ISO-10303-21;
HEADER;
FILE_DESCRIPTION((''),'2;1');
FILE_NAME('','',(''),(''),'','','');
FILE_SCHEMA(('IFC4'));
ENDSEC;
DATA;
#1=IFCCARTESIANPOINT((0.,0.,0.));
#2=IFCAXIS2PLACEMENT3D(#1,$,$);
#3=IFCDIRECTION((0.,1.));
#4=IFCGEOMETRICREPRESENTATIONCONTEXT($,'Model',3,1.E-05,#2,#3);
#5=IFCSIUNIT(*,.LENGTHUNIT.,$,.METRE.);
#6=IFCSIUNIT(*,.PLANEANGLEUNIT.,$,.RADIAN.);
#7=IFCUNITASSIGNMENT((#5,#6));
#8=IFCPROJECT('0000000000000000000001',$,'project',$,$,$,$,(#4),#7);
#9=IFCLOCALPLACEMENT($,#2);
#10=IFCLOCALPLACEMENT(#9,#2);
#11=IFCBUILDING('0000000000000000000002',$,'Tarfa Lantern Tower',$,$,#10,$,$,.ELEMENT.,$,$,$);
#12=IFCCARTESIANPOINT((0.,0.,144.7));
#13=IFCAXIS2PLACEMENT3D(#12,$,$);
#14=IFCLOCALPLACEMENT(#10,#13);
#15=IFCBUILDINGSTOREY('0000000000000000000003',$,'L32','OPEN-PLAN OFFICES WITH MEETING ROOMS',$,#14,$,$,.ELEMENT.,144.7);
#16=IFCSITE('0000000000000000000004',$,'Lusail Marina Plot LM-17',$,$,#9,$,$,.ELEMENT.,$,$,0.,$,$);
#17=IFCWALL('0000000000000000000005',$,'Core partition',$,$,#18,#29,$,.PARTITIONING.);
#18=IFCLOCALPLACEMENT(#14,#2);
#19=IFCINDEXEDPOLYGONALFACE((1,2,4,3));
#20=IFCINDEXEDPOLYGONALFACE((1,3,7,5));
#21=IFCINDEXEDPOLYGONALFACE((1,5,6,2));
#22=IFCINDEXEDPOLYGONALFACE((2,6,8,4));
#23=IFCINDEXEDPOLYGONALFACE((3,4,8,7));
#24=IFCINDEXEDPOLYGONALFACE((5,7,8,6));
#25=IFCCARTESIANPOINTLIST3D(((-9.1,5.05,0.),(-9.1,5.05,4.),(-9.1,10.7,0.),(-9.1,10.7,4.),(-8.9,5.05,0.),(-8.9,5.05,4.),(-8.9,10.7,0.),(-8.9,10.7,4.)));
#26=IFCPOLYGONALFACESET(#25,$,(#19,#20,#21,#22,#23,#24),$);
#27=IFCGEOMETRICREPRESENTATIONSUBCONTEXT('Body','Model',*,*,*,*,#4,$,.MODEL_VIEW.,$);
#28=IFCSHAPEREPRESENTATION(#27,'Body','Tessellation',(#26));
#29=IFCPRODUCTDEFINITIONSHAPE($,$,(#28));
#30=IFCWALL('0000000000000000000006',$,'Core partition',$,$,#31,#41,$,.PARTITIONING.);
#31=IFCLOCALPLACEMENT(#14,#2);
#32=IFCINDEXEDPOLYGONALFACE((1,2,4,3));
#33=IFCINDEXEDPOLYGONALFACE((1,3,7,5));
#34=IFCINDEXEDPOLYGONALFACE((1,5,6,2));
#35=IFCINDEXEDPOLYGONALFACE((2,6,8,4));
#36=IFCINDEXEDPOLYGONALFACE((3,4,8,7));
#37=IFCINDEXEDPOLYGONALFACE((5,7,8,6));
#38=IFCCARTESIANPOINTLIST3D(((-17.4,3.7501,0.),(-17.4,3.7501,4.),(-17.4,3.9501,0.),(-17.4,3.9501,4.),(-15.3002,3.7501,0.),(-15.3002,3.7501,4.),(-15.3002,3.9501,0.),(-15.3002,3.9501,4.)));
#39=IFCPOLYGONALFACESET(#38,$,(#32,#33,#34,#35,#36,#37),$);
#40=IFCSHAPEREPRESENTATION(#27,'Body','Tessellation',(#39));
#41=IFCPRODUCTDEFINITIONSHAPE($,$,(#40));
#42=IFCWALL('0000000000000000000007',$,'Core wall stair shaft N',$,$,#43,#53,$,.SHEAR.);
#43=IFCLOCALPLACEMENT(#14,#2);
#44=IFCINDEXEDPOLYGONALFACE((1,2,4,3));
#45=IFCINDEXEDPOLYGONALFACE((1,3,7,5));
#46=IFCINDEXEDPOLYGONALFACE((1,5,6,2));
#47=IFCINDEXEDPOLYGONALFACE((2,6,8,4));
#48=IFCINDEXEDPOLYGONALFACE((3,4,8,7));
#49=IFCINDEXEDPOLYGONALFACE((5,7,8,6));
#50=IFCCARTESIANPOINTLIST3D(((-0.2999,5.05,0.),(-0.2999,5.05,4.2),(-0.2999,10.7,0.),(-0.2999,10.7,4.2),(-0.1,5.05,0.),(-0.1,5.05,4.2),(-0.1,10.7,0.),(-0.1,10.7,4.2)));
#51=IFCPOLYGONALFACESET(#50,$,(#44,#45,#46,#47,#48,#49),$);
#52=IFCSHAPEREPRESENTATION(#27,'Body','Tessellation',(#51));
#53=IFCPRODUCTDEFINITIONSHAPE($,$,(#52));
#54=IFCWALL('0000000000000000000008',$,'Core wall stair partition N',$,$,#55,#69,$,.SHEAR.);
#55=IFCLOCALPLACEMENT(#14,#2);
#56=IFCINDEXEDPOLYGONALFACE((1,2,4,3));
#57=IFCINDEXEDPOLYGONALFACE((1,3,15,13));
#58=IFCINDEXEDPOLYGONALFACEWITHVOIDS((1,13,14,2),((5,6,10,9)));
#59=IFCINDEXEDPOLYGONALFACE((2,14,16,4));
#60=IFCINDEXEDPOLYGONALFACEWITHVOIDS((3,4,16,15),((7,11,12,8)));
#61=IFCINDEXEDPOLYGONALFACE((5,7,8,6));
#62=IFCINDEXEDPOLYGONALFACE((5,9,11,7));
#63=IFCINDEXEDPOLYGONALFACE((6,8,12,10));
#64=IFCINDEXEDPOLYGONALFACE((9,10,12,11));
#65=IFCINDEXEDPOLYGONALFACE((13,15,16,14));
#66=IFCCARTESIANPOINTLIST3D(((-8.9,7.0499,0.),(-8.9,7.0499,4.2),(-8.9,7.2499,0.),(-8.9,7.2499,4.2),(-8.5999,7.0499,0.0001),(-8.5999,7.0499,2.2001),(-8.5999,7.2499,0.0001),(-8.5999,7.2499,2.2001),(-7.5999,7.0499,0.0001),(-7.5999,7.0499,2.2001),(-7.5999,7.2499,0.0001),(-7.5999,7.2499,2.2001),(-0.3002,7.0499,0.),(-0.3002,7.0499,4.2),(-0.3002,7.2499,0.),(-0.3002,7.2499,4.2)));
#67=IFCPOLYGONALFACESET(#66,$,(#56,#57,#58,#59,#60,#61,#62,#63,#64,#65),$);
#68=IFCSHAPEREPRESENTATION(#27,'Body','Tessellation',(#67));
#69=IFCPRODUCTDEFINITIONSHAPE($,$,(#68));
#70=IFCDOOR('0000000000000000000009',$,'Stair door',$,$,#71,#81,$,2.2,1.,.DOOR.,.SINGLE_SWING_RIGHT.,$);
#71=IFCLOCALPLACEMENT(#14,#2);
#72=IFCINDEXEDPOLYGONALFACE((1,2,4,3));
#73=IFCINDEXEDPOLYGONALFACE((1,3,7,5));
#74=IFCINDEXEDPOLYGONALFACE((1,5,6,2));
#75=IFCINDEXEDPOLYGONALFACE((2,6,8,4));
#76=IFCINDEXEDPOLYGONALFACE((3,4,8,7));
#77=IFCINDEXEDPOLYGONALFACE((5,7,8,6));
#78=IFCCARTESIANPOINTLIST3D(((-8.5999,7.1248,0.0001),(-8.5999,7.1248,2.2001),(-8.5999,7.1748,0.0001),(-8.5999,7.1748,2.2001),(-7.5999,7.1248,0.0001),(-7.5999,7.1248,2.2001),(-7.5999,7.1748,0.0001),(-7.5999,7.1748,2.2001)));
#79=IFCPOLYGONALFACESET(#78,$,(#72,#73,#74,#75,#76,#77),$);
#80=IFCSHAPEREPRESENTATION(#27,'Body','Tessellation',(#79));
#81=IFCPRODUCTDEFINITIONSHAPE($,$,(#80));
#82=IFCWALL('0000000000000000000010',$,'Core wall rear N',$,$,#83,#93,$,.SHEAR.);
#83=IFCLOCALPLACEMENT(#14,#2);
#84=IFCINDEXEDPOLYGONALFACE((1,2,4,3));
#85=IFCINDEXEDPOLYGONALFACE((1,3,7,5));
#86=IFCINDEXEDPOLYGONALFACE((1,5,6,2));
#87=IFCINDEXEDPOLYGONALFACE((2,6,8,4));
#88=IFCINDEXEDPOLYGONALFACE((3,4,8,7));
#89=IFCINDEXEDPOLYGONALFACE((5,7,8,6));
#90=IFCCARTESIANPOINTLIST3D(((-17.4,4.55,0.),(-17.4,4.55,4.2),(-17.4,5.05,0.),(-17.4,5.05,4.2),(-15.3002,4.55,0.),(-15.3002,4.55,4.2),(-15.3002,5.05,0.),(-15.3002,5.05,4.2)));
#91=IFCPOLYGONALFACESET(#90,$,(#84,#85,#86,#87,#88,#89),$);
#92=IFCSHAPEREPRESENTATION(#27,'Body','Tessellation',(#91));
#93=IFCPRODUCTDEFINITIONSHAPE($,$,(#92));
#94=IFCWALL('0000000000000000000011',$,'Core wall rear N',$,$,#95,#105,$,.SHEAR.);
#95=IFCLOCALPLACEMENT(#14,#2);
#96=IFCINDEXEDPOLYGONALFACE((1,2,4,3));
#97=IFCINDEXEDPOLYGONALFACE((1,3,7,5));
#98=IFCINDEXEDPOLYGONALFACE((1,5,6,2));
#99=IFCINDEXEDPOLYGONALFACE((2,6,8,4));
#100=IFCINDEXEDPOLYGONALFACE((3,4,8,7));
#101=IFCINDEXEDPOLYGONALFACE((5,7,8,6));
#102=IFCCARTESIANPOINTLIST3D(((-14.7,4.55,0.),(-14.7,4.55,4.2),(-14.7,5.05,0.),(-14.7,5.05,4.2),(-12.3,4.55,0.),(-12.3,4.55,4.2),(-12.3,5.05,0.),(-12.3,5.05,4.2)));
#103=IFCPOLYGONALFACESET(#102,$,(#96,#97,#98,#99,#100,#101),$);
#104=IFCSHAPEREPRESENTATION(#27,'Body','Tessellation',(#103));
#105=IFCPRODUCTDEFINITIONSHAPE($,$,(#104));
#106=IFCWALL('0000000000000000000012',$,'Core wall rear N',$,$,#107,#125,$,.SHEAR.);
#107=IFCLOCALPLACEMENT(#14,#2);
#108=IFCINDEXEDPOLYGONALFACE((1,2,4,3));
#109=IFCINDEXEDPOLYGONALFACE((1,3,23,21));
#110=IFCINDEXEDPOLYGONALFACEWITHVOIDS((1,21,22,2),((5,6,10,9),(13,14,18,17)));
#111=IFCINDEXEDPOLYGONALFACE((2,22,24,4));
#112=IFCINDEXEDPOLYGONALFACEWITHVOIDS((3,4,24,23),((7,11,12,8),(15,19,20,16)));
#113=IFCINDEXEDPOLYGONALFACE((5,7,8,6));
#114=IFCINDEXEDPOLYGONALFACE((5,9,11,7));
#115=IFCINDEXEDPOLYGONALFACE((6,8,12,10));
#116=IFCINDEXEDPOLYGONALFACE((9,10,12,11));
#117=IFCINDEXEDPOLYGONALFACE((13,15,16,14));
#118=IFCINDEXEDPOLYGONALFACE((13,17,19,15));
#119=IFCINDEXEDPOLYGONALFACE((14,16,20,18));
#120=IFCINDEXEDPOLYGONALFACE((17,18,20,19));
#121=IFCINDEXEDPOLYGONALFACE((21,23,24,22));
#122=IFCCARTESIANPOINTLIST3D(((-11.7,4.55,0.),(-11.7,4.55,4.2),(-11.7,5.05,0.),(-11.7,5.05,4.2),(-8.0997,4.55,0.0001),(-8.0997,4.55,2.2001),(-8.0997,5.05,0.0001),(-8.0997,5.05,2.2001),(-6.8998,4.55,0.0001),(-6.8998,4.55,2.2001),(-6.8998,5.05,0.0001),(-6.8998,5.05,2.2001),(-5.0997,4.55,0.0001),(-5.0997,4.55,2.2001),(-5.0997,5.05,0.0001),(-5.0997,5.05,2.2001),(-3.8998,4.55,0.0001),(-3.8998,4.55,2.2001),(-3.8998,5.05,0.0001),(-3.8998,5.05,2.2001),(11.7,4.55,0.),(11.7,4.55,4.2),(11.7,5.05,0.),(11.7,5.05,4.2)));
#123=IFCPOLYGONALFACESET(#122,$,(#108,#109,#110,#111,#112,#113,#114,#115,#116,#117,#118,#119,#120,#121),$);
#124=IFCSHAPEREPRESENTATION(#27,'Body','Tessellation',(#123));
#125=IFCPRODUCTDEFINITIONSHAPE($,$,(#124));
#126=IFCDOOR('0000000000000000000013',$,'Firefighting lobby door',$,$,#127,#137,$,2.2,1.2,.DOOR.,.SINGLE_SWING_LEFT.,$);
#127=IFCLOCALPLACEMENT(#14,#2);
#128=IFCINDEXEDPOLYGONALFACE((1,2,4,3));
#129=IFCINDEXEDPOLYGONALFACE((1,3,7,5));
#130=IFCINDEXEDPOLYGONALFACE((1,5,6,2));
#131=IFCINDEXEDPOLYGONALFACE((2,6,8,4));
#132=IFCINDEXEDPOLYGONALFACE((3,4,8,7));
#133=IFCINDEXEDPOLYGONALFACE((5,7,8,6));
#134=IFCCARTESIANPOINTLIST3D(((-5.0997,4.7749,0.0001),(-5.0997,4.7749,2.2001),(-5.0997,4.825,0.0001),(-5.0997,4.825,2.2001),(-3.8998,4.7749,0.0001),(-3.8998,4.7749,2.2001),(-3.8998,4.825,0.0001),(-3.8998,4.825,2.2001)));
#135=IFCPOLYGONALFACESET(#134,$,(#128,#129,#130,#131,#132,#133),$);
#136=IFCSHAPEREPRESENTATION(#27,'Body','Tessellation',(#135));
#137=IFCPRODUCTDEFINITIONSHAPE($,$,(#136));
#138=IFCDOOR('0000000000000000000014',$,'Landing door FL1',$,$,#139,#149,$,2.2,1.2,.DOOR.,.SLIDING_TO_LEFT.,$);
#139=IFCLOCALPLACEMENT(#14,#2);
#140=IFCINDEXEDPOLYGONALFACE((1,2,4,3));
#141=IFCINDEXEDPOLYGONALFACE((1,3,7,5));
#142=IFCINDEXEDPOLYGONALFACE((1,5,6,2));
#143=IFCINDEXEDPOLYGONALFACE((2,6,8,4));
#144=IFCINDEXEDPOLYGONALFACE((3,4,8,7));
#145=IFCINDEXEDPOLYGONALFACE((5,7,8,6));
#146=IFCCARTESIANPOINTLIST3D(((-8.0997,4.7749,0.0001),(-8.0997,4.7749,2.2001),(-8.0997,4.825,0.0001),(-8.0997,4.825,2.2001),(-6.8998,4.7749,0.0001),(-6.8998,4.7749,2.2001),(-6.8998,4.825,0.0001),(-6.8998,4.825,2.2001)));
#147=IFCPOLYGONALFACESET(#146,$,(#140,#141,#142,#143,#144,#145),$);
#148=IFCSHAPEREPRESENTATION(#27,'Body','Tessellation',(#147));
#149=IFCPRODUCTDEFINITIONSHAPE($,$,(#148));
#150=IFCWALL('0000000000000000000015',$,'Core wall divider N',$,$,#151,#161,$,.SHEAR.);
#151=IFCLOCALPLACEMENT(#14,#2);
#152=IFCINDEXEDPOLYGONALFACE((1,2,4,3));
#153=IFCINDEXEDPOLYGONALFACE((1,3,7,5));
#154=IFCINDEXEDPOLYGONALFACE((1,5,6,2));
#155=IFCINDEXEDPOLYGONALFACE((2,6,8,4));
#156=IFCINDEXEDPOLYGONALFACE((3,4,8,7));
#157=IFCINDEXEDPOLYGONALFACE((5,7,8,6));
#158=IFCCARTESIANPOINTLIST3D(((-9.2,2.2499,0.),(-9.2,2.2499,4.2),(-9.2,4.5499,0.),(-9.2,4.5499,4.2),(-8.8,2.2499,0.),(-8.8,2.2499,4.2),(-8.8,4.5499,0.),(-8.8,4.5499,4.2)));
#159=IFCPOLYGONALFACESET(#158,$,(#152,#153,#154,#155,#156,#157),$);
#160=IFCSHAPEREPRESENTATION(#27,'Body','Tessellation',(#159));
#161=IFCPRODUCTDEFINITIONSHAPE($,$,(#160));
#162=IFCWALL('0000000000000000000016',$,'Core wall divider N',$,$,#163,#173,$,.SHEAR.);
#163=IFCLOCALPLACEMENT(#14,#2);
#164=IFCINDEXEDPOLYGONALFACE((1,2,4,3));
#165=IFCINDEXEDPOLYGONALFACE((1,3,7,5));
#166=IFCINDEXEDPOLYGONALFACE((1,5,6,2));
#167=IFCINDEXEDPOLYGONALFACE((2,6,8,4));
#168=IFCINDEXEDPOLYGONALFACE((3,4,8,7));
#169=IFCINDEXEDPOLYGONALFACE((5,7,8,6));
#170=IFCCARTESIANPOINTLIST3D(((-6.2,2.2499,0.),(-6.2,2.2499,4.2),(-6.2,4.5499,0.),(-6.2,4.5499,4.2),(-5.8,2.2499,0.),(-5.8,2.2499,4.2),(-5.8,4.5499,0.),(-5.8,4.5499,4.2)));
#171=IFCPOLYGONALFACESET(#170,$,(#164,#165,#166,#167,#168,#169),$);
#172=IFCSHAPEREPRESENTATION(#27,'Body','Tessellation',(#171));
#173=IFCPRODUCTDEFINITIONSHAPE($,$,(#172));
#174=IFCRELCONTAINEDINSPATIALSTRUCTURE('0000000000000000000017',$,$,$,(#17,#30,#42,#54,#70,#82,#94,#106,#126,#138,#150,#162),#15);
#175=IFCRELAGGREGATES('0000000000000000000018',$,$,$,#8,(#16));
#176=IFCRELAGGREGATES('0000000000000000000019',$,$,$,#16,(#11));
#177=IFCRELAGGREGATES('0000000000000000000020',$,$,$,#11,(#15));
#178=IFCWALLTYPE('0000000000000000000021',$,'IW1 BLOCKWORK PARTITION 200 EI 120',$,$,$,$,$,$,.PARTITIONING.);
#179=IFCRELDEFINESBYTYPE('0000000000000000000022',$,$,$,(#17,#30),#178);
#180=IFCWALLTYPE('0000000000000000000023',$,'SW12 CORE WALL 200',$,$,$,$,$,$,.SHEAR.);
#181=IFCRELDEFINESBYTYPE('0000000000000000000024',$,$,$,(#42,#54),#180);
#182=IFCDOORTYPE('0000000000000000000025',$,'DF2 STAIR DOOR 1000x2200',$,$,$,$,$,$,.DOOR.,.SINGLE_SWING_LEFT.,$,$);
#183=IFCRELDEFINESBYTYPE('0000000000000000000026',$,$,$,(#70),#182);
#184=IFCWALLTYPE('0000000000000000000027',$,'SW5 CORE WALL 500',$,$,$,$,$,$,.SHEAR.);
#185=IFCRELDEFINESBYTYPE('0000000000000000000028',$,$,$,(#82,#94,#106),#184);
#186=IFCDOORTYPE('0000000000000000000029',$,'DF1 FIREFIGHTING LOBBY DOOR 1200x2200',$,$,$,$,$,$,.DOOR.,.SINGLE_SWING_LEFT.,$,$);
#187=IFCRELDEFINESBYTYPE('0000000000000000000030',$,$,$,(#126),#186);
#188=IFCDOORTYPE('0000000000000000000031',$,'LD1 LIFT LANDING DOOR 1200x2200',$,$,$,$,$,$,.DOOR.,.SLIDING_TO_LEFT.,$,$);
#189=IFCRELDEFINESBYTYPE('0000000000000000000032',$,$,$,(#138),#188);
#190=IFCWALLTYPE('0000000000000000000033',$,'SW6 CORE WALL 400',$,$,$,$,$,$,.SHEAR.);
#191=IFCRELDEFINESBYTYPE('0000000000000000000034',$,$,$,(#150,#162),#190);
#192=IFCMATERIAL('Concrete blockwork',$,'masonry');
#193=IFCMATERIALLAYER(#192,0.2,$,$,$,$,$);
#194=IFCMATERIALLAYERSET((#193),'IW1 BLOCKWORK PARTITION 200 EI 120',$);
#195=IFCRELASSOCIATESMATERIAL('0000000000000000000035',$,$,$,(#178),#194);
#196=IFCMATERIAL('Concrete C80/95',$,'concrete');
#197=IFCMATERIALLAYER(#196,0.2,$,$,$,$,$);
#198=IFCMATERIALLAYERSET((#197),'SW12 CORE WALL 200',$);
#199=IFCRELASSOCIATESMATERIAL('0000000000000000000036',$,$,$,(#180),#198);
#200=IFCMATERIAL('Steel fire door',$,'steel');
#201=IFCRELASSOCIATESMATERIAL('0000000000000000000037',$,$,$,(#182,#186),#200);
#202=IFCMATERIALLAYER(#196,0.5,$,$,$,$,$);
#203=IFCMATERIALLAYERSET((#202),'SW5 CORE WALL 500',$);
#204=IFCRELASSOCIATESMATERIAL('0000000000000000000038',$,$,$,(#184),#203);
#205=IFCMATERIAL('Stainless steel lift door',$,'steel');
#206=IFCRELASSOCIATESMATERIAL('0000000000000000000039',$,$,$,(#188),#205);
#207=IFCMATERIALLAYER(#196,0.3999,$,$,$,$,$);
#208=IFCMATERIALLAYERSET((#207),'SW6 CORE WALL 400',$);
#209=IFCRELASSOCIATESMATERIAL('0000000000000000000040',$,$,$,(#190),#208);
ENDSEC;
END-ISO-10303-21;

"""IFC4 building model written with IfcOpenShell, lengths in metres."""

from ifc_helpers import new_model, si_unit, direction, frame, frame_2d, origin, place, context, subcontext, project, spatial, rectangle, extrude, material, layer, layer_set, type_object, element, fill, save


model = new_model("IFC4")

# Units and contexts
model_context = context("Model", 3, precision=1e-05, world=origin(), true_north=direction((0.0, 1.0)))
body_context = subcontext(model_context, "Body", "Model", "MODEL_VIEW")
ifc_project = project(units=[si_unit("LENGTHUNIT", "METRE"), si_unit("PLANEANGLEUNIT", "RADIAN")], contexts=[model_context])

# Site, building, storey
site_placement = place(None, origin())
site = spatial("IfcSite", under=ifc_project, at=site_placement, Name="Lusail Marina Plot LM-17", CompositionType="ELEMENT", RefElevation=0.0)
building_placement = place(site_placement, origin())
building = spatial("IfcBuilding", under=site, at=building_placement, Name="Tarfa Lantern Tower", CompositionType="ELEMENT")
storey_placement = place(building_placement, frame((0.0, 0.0, 144.7)))
storey = spatial("IfcBuildingStorey", under=building, at=storey_placement, Name="L32", Description="OPEN-PLAN OFFICES WITH MEETING ROOMS", CompositionType="ELEMENT", Elevation=144.7)

# Walls
ifc_material_1 = material(Name="Concrete blockwork", Category="masonry")
ifc_layer_1 = layer(ifc_material_1, 0.2)
ifc_layer_set_1 = layer_set([ifc_layer_1], Name="IW1 BLOCKWORK PARTITION 200 EI 120")
wall_type_1 = type_object("IfcWallType", Name="IW1 BLOCKWORK PARTITION 200 EI 120", PredefinedType="PARTITIONING", material=ifc_layer_set_1)
wall_1_placement = place(storey_placement, frame((-9.0, 5.05, 0.0), z_axis=(0.0, 0.0, 1.0), x_axis=(0.0, 1.0, 0.0)))
element("IfcWall", 1, at=wall_1_placement, inside=storey, type_object=wall_type_1, Name="Core partition", PredefinedType="PARTITIONING", context=body_context, shape_type="SweptSolid", body=[
    extrude(rectangle(XDim=5.6499, YDim=0.2, at=frame_2d((2.825, 0.0))), origin(), (0.0, 0.0, 1.0), 4.0),
])
wall_2_placement = place(storey_placement, frame((-17.3999, 3.8501, 0.0), z_axis=(0.0, 0.0, 1.0), x_axis=(1.0, 0.0, 0.0)))
element("IfcWall", 2, at=wall_2_placement, inside=storey, type_object=wall_type_1, Name="Core partition", PredefinedType="PARTITIONING", context=body_context, shape_type="SweptSolid", body=[
    extrude(rectangle(XDim=2.0999, YDim=0.2, at=frame_2d((1.0498, 0.0))), origin(), (0.0, 0.0, 1.0), 4.0),
])
ifc_material_2 = material(Name="Concrete C80/95", Category="concrete")
ifc_layer_2 = layer(ifc_material_2, 0.2)
ifc_layer_set_2 = layer_set([ifc_layer_2], Name="SW12 CORE WALL 200")
wall_type_2 = type_object("IfcWallType", Name="SW12 CORE WALL 200", PredefinedType="SHEAR", material=ifc_layer_set_2)
wall_3_placement = place(storey_placement, frame((-0.2, 5.05, 0.0), z_axis=(0.0, 0.0, 1.0), x_axis=(0.0, 1.0, 0.0)))
element("IfcWall", 3, at=wall_3_placement, inside=storey, type_object=wall_type_2, Name="Core wall stair shaft N", PredefinedType="SHEAR", context=body_context, shape_type="SweptSolid", body=[
    extrude(rectangle(XDim=5.6499, YDim=0.2, at=frame_2d((2.825, 0.0))), origin(), (0.0, 0.0, 1.0), 4.2),
])

# Wall, opening, door
wall_4_placement = place(storey_placement, frame((-8.8999, 7.1499, 0.0), z_axis=(0.0, 0.0, 1.0), x_axis=(1.0, 0.0, 0.0)))
wall_4 = element("IfcWall", 4, at=wall_4_placement, inside=storey, type_object=wall_type_2, Name="Core wall stair partition N", PredefinedType="SHEAR", context=body_context, shape_type="SweptSolid", body=[
    extrude(rectangle(XDim=8.5999, YDim=0.2, at=frame_2d((4.2998, 0.0))), origin(), (0.0, 0.0, 1.0), 4.2),
])
opening_1_placement = place(wall_4_placement, frame((0.3, 0.0, 0.0)))
opening_1 = element("IfcOpeningElement", 5, at=opening_1_placement, cuts=wall_4, PredefinedType="OPENING", context=body_context, shape_type="SweptSolid", body=[
    extrude(rectangle(XDim=1.0, YDim=2.2, at=frame_2d((0.5, 1.1001))), frame((0.0, 0.1099, 0.0), z_axis=(0.0, -1.0, 0.0), x_axis=(1.0, 0.0, 0.0)), (0.0, 0.0, 1.0), 0.22),
])
ifc_material_3 = material(Name="Steel fire door", Category="steel")
door_type_1 = type_object("IfcDoorType", Name="DF2 STAIR DOOR 1000x2200", OperationType="SINGLE_SWING_LEFT", PredefinedType="DOOR", material=ifc_material_3)
door_1_placement = place(opening_1_placement, origin())
door_1 = element("IfcDoor", 6, at=door_1_placement, inside=storey, type_object=door_type_1, Name="Stair door", OperationType="SINGLE_SWING_RIGHT", OverallHeight=2.2, OverallWidth=1.0, PredefinedType="DOOR", context=body_context, shape_type="SweptSolid", body=[
    extrude(rectangle(XDim=1.0, YDim=2.2, at=frame_2d((0.5, 1.1001))), frame((0.0, 0.0249, 0.0), z_axis=(0.0, -1.0, 0.0), x_axis=(1.0, 0.0, 0.0)), (0.0, 0.0, 1.0), 0.05),
])
fill(opening_1, door_1)

# Walls
ifc_layer_3 = layer(ifc_material_2, 0.5)
ifc_layer_set_3 = layer_set([ifc_layer_3], Name="SW5 CORE WALL 500")
wall_type_3 = type_object("IfcWallType", Name="SW5 CORE WALL 500", PredefinedType="SHEAR", material=ifc_layer_set_3)
wall_5_placement = place(storey_placement, frame((-17.3999, 4.8, 0.0), z_axis=(0.0, 0.0, 1.0), x_axis=(1.0, 0.0, 0.0)))
element("IfcWall", 7, at=wall_5_placement, inside=storey, type_object=wall_type_3, Name="Core wall rear N", PredefinedType="SHEAR", context=body_context, shape_type="SweptSolid", body=[
    extrude(rectangle(XDim=2.0999, YDim=0.5, at=frame_2d((1.0498, 0.0))), origin(), (0.0, 0.0, 1.0), 4.2),
])
wall_6_placement = place(storey_placement, frame((-14.7, 4.8, 0.0), z_axis=(0.0, 0.0, 1.0), x_axis=(1.0, 0.0, 0.0)))
element("IfcWall", 8, at=wall_6_placement, inside=storey, type_object=wall_type_3, Name="Core wall rear N", PredefinedType="SHEAR", context=body_context, shape_type="SweptSolid", body=[
    extrude(rectangle(XDim=2.3999, YDim=0.5, at=frame_2d((1.2, 0.0))), origin(), (0.0, 0.0, 1.0), 4.2),
])

# Wall, openings, doors
wall_7_placement = place(storey_placement, frame((-11.7, 4.8, 0.0), z_axis=(0.0, 0.0, 1.0), x_axis=(1.0, 0.0, 0.0)))
wall_7 = element("IfcWall", 9, at=wall_7_placement, inside=storey, type_object=wall_type_3, Name="Core wall rear N", PredefinedType="SHEAR", context=body_context, shape_type="SweptSolid", body=[
    extrude(rectangle(XDim=23.3999, YDim=0.5, at=frame_2d((11.7, 0.0))), origin(), (0.0, 0.0, 1.0), 4.2),
])
opening_2_placement = place(wall_7_placement, frame((6.6001, 0.0, 0.0)))
opening_2 = element("IfcOpeningElement", 10, at=opening_2_placement, cuts=wall_7, PredefinedType="OPENING", context=body_context, shape_type="SweptSolid", body=[
    extrude(rectangle(XDim=1.2, YDim=2.2, at=frame_2d((0.6001, 1.1001))), frame((0.0, 0.26, 0.0), z_axis=(0.0, -1.0, 0.0), x_axis=(1.0, 0.0, 0.0)), (0.0, 0.0, 1.0), 0.52),
])
opening_3_placement = place(wall_7_placement, frame((3.6001, 0.0, 0.0)))
opening_3 = element("IfcOpeningElement", 11, at=opening_3_placement, cuts=wall_7, PredefinedType="OPENING", context=body_context, shape_type="SweptSolid", body=[
    extrude(rectangle(XDim=1.2, YDim=2.2, at=frame_2d((0.6001, 1.1001))), frame((0.0, 0.26, 0.0), z_axis=(0.0, -1.0, 0.0), x_axis=(1.0, 0.0, 0.0)), (0.0, 0.0, 1.0), 0.52),
])
door_type_2 = type_object("IfcDoorType", Name="DF1 FIREFIGHTING LOBBY DOOR 1200x2200", OperationType="SINGLE_SWING_LEFT", PredefinedType="DOOR", material=ifc_material_3)
door_2_placement = place(opening_2_placement, origin())
door_2 = element("IfcDoor", 12, at=door_2_placement, inside=storey, type_object=door_type_2, Name="Firefighting lobby door", OperationType="SINGLE_SWING_LEFT", OverallHeight=2.2, OverallWidth=1.2, PredefinedType="DOOR", context=body_context, shape_type="SweptSolid", body=[
    extrude(rectangle(XDim=1.2, YDim=2.2, at=frame_2d((0.6001, 1.1001))), frame((0.0, 0.0249, 0.0), z_axis=(0.0, -1.0, 0.0), x_axis=(1.0, 0.0, 0.0)), (0.0, 0.0, 1.0), 0.05),
])
fill(opening_2, door_2)
ifc_material_4 = material(Name="Stainless steel lift door", Category="steel")
door_type_3 = type_object("IfcDoorType", Name="LD1 LIFT LANDING DOOR 1200x2200", OperationType="SLIDING_TO_LEFT", PredefinedType="DOOR", material=ifc_material_4)
door_3_placement = place(opening_3_placement, origin())
door_3 = element("IfcDoor", 13, at=door_3_placement, inside=storey, type_object=door_type_3, Name="Landing door FL1", OperationType="SLIDING_TO_LEFT", OverallHeight=2.2, OverallWidth=1.2, PredefinedType="DOOR", context=body_context, shape_type="SweptSolid", body=[
    extrude(rectangle(XDim=1.2, YDim=2.2, at=frame_2d((0.6001, 1.1001))), frame((0.0, 0.0249, 0.0), z_axis=(0.0, -1.0, 0.0), x_axis=(1.0, 0.0, 0.0)), (0.0, 0.0, 1.0), 0.05),
])
fill(opening_3, door_3)

# Walls
ifc_layer_4 = layer(ifc_material_2, 0.3999)
ifc_layer_set_4 = layer_set([ifc_layer_4], Name="SW6 CORE WALL 400")
wall_type_4 = type_object("IfcWallType", Name="SW6 CORE WALL 400", PredefinedType="SHEAR", material=ifc_layer_set_4)
for number, where, z_axis, x_axis, name in (
    (14, (-9.0, 2.25, 0.0), (0.0, 0.0, 1.0), (0.0, 1.0, 0.0), "Core wall divider N"),
    (15, (-6.0, 2.25, 0.0), (0.0, 0.0, 1.0), (0.0, 1.0, 0.0), "Core wall divider N"),
):
    element("IfcWall", number, at=place(storey_placement, frame(where, z_axis=z_axis, x_axis=x_axis)), inside=storey, type_object=wall_type_4, Name=name, PredefinedType="SHEAR", context=body_context, shape_type="SweptSolid", body=[
        extrude(rectangle(XDim=2.3, YDim=0.3999, at=frame_2d((1.1499, 0.0))), origin(), (0.0, 0.0, 1.0), 4.2),
    ])

save(model, "model.ifc")
